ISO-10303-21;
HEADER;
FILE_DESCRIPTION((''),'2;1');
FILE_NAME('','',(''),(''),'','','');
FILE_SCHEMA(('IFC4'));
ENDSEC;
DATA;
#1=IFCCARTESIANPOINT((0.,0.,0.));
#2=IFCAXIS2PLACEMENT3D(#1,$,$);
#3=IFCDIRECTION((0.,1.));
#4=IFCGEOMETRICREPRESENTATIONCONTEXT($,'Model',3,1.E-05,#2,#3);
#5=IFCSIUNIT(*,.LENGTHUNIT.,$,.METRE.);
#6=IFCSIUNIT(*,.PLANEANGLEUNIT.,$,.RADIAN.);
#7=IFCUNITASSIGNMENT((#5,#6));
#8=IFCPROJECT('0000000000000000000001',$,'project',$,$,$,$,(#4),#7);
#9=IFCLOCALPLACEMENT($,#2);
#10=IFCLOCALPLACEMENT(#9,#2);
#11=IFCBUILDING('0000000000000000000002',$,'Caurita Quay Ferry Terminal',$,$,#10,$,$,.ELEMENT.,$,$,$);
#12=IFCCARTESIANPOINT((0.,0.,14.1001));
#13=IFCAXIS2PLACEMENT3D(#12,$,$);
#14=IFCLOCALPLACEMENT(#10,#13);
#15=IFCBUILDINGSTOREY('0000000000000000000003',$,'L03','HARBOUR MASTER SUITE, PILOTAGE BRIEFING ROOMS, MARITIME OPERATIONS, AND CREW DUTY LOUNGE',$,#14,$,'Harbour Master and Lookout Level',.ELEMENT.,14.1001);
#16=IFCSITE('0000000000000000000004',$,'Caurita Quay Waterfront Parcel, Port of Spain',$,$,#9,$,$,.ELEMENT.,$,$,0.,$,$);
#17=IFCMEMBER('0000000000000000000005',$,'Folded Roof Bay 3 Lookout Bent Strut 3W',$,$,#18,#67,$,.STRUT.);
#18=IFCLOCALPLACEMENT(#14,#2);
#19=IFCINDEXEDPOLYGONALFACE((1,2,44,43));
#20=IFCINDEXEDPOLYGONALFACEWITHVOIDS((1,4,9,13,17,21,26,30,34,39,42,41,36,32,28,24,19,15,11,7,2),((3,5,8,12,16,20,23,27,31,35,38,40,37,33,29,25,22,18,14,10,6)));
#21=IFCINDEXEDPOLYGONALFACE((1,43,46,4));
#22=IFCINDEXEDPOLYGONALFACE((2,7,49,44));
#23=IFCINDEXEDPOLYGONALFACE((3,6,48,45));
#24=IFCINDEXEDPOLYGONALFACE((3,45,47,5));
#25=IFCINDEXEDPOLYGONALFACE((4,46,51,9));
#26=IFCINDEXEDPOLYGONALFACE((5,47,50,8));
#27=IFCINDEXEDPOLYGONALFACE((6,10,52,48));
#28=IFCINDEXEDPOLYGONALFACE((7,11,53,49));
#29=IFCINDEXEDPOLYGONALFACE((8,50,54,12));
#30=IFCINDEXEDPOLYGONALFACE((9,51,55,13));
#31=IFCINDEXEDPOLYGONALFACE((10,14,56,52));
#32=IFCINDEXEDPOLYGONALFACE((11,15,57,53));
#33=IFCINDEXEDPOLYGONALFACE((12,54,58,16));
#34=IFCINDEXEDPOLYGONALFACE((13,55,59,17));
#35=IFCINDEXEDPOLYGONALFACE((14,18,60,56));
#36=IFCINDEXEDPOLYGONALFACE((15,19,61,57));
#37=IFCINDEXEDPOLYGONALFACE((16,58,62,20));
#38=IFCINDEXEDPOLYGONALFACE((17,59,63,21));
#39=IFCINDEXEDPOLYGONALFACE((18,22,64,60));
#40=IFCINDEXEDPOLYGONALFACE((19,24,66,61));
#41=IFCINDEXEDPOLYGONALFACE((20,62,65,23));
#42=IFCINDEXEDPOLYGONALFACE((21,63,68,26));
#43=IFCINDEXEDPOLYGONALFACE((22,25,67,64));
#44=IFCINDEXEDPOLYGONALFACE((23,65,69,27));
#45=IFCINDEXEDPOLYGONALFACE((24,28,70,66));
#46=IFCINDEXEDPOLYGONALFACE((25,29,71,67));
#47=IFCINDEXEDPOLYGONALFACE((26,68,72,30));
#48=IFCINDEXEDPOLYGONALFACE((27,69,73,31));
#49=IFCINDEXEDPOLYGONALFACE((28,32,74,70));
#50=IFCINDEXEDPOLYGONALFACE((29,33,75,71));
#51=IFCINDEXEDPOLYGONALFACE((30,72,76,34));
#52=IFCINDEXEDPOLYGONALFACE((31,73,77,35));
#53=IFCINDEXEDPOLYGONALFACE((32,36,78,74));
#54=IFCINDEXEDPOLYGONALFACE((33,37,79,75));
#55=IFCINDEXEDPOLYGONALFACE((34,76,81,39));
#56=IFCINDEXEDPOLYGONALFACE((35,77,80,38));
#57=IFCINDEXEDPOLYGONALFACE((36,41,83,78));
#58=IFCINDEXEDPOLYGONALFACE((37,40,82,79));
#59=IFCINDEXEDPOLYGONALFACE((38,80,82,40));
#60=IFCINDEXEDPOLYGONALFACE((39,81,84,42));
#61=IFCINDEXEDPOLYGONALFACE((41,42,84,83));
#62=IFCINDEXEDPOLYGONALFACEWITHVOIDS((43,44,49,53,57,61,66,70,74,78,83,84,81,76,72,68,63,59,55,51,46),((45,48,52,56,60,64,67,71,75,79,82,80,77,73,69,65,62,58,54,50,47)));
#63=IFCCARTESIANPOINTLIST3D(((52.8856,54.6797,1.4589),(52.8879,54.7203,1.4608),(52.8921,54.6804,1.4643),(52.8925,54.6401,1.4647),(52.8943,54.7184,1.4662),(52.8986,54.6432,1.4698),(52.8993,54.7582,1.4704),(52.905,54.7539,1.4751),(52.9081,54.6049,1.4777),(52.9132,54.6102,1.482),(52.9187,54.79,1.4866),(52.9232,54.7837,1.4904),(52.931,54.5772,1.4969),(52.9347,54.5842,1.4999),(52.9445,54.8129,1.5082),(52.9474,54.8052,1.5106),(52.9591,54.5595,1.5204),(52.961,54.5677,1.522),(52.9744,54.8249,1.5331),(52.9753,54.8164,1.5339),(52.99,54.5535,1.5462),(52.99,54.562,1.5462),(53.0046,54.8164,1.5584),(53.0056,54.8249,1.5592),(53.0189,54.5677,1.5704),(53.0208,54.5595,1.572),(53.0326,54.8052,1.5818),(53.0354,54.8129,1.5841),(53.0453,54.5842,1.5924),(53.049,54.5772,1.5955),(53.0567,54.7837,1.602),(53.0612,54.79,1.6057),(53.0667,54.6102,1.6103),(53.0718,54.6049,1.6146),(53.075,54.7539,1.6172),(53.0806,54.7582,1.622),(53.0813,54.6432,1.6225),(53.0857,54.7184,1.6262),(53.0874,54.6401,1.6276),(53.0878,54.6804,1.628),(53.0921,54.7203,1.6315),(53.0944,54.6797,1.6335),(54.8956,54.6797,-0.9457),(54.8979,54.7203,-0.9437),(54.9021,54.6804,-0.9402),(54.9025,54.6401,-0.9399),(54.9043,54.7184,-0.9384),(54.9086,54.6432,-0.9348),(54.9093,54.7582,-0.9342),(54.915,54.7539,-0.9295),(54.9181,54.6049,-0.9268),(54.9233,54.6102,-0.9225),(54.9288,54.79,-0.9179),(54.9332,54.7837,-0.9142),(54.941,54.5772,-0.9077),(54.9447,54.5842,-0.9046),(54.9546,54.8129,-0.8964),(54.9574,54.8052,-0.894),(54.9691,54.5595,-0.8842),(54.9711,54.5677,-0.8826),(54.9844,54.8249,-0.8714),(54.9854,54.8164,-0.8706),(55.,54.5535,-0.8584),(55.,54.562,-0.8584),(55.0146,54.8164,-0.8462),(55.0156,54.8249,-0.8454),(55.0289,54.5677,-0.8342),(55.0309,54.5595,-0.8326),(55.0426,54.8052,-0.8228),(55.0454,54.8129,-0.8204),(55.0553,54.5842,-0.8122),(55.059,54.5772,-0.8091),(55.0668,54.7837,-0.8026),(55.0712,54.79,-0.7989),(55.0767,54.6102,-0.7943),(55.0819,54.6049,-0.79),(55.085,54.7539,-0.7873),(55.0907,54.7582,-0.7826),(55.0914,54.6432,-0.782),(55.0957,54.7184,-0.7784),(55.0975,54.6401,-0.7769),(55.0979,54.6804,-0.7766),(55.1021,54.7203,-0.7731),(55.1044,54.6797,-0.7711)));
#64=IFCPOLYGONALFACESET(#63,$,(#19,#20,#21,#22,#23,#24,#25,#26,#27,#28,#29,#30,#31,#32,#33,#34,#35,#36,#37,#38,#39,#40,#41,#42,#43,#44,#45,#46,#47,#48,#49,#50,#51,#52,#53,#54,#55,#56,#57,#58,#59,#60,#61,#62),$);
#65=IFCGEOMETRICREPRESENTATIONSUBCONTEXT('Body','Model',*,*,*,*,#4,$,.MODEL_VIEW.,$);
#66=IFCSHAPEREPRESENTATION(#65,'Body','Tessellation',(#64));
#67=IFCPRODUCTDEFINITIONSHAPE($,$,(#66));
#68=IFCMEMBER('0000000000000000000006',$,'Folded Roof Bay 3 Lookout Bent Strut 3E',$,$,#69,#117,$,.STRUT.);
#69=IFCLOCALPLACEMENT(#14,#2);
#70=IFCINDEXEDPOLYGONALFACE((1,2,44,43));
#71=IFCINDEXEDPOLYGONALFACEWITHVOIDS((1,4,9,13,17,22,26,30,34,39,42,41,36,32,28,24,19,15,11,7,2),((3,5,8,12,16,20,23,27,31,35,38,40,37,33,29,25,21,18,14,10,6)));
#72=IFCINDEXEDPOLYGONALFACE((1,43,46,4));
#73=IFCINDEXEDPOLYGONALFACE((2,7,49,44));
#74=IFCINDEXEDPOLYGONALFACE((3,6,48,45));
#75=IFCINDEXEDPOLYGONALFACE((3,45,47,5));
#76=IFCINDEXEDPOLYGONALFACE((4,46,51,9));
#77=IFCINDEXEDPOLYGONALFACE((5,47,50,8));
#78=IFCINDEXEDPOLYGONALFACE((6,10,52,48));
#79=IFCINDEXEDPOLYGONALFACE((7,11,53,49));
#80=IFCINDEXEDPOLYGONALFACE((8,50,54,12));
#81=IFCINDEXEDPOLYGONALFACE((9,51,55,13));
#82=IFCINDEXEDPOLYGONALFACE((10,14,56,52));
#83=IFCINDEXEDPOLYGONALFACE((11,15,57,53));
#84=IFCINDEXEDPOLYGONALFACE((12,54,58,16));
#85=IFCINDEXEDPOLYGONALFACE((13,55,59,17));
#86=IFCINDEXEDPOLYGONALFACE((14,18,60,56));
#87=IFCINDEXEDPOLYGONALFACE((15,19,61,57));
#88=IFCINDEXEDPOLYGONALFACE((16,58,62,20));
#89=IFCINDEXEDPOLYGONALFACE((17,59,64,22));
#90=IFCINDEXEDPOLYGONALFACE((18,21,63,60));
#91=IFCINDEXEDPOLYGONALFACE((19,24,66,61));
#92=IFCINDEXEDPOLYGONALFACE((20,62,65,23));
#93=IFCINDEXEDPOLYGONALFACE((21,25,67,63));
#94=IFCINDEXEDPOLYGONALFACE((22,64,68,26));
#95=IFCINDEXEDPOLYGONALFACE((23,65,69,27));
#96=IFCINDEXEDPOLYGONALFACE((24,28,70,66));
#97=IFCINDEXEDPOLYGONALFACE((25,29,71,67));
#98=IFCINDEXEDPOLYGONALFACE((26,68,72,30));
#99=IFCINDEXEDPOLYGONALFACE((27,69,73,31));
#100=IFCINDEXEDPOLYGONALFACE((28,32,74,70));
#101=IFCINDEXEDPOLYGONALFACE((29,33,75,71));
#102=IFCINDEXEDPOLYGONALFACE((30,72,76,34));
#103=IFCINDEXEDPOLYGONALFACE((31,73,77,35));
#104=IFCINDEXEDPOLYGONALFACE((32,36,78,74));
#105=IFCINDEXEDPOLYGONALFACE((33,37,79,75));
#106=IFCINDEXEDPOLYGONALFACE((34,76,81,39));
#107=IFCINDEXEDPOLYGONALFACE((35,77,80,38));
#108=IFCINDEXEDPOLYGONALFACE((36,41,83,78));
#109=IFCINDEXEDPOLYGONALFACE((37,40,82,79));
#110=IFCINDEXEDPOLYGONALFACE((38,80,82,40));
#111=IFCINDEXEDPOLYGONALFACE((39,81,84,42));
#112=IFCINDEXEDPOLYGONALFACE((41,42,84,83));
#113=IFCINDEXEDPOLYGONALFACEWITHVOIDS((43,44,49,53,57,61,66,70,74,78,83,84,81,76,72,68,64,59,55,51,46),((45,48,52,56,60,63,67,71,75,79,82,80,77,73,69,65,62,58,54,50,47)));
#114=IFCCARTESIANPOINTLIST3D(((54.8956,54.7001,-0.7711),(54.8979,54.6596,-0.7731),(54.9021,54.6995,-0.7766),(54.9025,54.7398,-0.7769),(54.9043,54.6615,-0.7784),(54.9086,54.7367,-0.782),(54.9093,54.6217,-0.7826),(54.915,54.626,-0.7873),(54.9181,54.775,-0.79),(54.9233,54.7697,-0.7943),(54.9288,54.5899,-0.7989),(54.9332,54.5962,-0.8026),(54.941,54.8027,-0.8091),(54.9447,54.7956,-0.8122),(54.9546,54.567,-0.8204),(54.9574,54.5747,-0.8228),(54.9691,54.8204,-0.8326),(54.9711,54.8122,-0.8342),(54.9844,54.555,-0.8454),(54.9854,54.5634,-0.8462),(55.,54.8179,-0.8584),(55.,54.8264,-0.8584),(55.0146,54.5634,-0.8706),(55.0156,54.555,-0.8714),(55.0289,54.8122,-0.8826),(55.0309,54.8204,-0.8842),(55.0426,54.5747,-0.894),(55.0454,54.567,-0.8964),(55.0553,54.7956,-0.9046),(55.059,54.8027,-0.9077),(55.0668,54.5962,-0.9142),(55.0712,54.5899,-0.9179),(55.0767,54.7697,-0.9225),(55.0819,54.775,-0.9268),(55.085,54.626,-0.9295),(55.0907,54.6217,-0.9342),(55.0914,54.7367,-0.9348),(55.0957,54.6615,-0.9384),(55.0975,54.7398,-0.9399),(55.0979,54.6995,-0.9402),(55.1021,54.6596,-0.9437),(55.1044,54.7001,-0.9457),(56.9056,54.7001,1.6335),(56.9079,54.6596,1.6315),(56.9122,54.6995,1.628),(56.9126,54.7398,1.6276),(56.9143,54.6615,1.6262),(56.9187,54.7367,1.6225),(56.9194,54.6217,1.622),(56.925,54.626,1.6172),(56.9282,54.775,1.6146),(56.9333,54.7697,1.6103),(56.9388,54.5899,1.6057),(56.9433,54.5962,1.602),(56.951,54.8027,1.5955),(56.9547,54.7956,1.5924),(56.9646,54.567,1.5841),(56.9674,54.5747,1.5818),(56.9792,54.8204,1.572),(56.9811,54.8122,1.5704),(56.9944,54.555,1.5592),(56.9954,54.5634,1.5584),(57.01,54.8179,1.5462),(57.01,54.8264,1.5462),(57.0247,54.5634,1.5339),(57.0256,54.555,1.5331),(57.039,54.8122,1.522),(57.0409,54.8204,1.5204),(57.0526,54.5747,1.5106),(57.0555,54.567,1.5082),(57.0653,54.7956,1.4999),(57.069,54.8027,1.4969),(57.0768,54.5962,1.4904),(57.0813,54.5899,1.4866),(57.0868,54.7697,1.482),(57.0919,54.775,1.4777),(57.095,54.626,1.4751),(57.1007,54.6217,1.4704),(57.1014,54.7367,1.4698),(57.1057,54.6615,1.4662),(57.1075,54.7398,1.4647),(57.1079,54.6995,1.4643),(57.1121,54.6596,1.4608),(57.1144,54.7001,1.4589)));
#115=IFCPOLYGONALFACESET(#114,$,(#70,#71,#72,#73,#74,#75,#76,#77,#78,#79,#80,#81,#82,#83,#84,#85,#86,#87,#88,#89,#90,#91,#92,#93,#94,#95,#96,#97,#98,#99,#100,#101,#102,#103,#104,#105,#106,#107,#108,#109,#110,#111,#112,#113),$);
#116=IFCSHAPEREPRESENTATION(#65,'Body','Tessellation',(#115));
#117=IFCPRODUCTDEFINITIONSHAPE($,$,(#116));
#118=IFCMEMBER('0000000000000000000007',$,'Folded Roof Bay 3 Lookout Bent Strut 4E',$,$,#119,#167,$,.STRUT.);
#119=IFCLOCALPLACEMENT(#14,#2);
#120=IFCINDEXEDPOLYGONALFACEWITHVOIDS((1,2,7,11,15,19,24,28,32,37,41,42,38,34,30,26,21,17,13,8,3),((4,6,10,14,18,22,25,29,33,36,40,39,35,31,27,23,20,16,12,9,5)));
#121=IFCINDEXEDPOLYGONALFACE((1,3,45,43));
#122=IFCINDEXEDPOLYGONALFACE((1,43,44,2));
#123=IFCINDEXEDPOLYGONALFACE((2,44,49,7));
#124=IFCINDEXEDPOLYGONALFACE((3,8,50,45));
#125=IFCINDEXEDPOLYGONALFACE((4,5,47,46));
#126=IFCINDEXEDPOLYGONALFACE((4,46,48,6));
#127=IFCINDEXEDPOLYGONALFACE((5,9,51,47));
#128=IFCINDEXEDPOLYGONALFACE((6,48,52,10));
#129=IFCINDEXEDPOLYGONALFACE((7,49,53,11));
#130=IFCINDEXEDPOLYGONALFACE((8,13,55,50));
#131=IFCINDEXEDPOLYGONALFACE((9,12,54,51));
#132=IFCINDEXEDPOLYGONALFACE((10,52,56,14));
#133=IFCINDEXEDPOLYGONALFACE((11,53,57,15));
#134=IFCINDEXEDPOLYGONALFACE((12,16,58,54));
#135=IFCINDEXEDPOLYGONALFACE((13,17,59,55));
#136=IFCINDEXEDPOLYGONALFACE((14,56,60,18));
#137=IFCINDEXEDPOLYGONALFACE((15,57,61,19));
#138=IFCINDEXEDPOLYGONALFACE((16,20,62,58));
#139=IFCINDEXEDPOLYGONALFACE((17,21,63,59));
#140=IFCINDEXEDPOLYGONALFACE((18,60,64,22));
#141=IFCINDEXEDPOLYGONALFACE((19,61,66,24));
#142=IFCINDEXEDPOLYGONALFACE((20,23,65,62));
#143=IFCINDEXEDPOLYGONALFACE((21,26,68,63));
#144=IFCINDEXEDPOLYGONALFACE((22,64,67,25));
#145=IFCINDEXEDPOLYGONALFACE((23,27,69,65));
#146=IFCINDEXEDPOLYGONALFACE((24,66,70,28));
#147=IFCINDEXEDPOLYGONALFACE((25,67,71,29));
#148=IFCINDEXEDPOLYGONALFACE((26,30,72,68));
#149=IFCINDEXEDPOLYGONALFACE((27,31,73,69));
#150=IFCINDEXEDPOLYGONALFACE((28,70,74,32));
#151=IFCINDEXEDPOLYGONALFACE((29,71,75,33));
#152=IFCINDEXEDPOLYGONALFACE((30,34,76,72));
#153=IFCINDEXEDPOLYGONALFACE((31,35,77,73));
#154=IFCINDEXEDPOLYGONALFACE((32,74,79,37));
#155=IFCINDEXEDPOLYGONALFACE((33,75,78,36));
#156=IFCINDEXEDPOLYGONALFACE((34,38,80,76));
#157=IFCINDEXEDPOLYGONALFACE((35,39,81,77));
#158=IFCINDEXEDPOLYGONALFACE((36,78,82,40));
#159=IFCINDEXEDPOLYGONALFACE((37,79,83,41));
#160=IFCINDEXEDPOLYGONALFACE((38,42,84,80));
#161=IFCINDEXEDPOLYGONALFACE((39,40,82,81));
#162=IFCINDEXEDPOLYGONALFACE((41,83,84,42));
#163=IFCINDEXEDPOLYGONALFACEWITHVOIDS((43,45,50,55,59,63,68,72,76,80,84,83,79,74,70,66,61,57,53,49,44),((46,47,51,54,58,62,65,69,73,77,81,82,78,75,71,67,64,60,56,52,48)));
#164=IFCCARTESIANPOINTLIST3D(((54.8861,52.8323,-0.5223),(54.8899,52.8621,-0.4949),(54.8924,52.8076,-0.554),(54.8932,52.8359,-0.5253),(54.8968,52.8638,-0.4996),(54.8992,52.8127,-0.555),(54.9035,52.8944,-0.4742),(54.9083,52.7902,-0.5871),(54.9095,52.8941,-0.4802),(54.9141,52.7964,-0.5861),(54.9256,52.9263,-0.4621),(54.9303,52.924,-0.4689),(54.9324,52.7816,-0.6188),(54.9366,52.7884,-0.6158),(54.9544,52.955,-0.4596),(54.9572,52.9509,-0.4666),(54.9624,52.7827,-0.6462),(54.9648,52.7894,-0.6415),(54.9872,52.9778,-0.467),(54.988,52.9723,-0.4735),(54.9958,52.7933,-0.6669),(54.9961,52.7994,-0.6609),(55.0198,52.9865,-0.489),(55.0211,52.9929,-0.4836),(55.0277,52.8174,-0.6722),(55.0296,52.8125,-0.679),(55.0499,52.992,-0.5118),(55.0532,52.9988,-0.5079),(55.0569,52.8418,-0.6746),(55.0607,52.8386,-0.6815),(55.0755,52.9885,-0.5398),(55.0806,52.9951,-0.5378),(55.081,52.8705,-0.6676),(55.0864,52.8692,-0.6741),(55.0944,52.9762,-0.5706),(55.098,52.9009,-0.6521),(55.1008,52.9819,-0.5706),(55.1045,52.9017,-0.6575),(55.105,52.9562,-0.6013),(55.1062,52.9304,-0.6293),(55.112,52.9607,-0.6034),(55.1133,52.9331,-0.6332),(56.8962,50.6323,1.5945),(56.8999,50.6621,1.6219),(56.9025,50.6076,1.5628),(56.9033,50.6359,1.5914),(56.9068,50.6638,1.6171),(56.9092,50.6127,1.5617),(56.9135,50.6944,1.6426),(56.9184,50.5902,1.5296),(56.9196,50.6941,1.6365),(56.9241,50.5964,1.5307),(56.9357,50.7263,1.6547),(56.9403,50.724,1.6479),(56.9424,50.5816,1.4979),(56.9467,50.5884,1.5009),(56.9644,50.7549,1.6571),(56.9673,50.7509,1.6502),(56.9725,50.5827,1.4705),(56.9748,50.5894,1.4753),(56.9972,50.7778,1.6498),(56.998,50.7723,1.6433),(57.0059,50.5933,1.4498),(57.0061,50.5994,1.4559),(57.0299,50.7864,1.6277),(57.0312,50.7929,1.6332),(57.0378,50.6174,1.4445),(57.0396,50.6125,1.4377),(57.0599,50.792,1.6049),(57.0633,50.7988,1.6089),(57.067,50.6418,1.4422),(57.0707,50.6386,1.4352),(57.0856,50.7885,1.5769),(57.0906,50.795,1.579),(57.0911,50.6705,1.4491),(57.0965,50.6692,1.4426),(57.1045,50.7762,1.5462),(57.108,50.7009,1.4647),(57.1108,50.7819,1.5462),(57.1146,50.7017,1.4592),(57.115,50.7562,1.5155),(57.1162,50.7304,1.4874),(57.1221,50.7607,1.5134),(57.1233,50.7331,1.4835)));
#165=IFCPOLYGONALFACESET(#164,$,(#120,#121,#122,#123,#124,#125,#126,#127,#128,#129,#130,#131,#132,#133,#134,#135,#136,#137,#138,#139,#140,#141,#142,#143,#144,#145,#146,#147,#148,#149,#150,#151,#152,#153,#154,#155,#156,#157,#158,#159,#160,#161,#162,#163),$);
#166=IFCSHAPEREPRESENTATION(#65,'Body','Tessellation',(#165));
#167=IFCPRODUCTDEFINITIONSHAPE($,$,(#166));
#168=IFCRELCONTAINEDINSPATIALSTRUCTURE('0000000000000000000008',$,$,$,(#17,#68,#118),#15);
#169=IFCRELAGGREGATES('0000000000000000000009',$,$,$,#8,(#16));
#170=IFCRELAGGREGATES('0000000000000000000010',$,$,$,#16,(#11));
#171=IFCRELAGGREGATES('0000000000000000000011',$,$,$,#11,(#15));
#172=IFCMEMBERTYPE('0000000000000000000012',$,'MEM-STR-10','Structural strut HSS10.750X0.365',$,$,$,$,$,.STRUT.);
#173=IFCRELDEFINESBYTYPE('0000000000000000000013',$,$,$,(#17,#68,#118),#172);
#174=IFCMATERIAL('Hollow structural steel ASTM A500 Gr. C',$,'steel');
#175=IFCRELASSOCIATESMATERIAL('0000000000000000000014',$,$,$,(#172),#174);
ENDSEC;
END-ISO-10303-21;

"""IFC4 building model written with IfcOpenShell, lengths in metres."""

from ifc_helpers import new_model, si_unit, direction, frame, origin, origin_2d, place, context, subcontext, project, spatial, hollow_circle, extrude, material, material_profile, profile_set, type_object, element, save


model = new_model("IFC4")

# Units and contexts
model_context = context("Model", 3, precision=1e-05, world=origin(), true_north=direction((0.0, 1.0)))
body_context = subcontext(model_context, "Body", "Model", "MODEL_VIEW")
ifc_project = project(units=[si_unit("LENGTHUNIT", "METRE"), si_unit("PLANEANGLEUNIT", "RADIAN")], contexts=[model_context])

# Site, building, storey
site_placement = place(None, origin())
site = spatial("IfcSite", under=ifc_project, at=site_placement, Name="Caurita Quay Waterfront Parcel, Port of Spain", CompositionType="ELEMENT", RefElevation=0.0)
building_placement = place(site_placement, origin())
building = spatial("IfcBuilding", under=site, at=building_placement, Name="Caurita Quay Ferry Terminal", CompositionType="ELEMENT")
storey_placement = place(building_placement, frame((0.0, 0.0, 14.1001)))
storey = spatial("IfcBuildingStorey", under=building, at=storey_placement, Name="L03", Description="HARBOUR MASTER SUITE, PILOTAGE BRIEFING ROOMS, MARITIME OPERATIONS, AND CREW DUTY LOUNGE", LongName="Harbour Master and Lookout Level", CompositionType="ELEMENT", Elevation=14.1001)

# Members
ifc_material_1 = material(Name="Hollow structural steel ASTM A500 Gr. C", Category="steel")
ifc_material_profile_1 = material_profile(ifc_material_1, hollow_circle(Radius=0.1365, WallThickness=0.0085, at=origin_2d()), Name="HSS10.750X0.365")
ifc_profile_set_1 = profile_set([ifc_material_profile_1], Name="Hollow structural steel ASTM A500 Gr. C")
member_type_1 = type_object("IfcMemberType", Name="MEM-STR-10", Description="Structural strut HSS10.750X0.365", PredefinedType="STRUT", material=ifc_profile_set_1)
for number, where, z_axis, x_axis, name in (
    (1, (55.0, 54.6899, -0.8584), (-0.641356, 0.0, 0.767243), (0.0, -1.0, 0.0), "Folded Roof Bay 3 Lookout Bent Strut 3W"),
    (2, (55.0, 54.6899, -0.8584), (0.641356, 0.0, 0.767243), (0.0, 1.0, 0.0), "Folded Roof Bay 3 Lookout Bent Strut 3E"),
):
    element("IfcMember", number, at=place(storey_placement, frame(where, z_axis=z_axis, x_axis=x_axis)), inside=storey, type_object=member_type_1, Name=name, PredefinedType="STRUT", context=body_context, shape_type="SweptSolid", body=[
        extrude(hollow_circle(Radius=0.1365, WallThickness=0.0085, at=origin_2d()), origin(), (0.0, 0.0, 1.0), 3.134),
    ])
member_1_placement = place(storey_placement, frame((55.0, 52.8899, -0.5706), z_axis=(0.549907, -0.601872, 0.579096), x_axis=(0.738258, 0.674518, 0.0)))
element("IfcMember", 3, at=member_1_placement, inside=storey, type_object=member_type_1, Name="Folded Roof Bay 3 Lookout Bent Strut 4E", PredefinedType="STRUT", context=body_context, shape_type="SweptSolid", body=[
    extrude(hollow_circle(Radius=0.1365, WallThickness=0.0085, at=origin_2d()), origin(), (0.0, 0.0, 1.0), 3.6553),
])

save(model, "model.ifc")
